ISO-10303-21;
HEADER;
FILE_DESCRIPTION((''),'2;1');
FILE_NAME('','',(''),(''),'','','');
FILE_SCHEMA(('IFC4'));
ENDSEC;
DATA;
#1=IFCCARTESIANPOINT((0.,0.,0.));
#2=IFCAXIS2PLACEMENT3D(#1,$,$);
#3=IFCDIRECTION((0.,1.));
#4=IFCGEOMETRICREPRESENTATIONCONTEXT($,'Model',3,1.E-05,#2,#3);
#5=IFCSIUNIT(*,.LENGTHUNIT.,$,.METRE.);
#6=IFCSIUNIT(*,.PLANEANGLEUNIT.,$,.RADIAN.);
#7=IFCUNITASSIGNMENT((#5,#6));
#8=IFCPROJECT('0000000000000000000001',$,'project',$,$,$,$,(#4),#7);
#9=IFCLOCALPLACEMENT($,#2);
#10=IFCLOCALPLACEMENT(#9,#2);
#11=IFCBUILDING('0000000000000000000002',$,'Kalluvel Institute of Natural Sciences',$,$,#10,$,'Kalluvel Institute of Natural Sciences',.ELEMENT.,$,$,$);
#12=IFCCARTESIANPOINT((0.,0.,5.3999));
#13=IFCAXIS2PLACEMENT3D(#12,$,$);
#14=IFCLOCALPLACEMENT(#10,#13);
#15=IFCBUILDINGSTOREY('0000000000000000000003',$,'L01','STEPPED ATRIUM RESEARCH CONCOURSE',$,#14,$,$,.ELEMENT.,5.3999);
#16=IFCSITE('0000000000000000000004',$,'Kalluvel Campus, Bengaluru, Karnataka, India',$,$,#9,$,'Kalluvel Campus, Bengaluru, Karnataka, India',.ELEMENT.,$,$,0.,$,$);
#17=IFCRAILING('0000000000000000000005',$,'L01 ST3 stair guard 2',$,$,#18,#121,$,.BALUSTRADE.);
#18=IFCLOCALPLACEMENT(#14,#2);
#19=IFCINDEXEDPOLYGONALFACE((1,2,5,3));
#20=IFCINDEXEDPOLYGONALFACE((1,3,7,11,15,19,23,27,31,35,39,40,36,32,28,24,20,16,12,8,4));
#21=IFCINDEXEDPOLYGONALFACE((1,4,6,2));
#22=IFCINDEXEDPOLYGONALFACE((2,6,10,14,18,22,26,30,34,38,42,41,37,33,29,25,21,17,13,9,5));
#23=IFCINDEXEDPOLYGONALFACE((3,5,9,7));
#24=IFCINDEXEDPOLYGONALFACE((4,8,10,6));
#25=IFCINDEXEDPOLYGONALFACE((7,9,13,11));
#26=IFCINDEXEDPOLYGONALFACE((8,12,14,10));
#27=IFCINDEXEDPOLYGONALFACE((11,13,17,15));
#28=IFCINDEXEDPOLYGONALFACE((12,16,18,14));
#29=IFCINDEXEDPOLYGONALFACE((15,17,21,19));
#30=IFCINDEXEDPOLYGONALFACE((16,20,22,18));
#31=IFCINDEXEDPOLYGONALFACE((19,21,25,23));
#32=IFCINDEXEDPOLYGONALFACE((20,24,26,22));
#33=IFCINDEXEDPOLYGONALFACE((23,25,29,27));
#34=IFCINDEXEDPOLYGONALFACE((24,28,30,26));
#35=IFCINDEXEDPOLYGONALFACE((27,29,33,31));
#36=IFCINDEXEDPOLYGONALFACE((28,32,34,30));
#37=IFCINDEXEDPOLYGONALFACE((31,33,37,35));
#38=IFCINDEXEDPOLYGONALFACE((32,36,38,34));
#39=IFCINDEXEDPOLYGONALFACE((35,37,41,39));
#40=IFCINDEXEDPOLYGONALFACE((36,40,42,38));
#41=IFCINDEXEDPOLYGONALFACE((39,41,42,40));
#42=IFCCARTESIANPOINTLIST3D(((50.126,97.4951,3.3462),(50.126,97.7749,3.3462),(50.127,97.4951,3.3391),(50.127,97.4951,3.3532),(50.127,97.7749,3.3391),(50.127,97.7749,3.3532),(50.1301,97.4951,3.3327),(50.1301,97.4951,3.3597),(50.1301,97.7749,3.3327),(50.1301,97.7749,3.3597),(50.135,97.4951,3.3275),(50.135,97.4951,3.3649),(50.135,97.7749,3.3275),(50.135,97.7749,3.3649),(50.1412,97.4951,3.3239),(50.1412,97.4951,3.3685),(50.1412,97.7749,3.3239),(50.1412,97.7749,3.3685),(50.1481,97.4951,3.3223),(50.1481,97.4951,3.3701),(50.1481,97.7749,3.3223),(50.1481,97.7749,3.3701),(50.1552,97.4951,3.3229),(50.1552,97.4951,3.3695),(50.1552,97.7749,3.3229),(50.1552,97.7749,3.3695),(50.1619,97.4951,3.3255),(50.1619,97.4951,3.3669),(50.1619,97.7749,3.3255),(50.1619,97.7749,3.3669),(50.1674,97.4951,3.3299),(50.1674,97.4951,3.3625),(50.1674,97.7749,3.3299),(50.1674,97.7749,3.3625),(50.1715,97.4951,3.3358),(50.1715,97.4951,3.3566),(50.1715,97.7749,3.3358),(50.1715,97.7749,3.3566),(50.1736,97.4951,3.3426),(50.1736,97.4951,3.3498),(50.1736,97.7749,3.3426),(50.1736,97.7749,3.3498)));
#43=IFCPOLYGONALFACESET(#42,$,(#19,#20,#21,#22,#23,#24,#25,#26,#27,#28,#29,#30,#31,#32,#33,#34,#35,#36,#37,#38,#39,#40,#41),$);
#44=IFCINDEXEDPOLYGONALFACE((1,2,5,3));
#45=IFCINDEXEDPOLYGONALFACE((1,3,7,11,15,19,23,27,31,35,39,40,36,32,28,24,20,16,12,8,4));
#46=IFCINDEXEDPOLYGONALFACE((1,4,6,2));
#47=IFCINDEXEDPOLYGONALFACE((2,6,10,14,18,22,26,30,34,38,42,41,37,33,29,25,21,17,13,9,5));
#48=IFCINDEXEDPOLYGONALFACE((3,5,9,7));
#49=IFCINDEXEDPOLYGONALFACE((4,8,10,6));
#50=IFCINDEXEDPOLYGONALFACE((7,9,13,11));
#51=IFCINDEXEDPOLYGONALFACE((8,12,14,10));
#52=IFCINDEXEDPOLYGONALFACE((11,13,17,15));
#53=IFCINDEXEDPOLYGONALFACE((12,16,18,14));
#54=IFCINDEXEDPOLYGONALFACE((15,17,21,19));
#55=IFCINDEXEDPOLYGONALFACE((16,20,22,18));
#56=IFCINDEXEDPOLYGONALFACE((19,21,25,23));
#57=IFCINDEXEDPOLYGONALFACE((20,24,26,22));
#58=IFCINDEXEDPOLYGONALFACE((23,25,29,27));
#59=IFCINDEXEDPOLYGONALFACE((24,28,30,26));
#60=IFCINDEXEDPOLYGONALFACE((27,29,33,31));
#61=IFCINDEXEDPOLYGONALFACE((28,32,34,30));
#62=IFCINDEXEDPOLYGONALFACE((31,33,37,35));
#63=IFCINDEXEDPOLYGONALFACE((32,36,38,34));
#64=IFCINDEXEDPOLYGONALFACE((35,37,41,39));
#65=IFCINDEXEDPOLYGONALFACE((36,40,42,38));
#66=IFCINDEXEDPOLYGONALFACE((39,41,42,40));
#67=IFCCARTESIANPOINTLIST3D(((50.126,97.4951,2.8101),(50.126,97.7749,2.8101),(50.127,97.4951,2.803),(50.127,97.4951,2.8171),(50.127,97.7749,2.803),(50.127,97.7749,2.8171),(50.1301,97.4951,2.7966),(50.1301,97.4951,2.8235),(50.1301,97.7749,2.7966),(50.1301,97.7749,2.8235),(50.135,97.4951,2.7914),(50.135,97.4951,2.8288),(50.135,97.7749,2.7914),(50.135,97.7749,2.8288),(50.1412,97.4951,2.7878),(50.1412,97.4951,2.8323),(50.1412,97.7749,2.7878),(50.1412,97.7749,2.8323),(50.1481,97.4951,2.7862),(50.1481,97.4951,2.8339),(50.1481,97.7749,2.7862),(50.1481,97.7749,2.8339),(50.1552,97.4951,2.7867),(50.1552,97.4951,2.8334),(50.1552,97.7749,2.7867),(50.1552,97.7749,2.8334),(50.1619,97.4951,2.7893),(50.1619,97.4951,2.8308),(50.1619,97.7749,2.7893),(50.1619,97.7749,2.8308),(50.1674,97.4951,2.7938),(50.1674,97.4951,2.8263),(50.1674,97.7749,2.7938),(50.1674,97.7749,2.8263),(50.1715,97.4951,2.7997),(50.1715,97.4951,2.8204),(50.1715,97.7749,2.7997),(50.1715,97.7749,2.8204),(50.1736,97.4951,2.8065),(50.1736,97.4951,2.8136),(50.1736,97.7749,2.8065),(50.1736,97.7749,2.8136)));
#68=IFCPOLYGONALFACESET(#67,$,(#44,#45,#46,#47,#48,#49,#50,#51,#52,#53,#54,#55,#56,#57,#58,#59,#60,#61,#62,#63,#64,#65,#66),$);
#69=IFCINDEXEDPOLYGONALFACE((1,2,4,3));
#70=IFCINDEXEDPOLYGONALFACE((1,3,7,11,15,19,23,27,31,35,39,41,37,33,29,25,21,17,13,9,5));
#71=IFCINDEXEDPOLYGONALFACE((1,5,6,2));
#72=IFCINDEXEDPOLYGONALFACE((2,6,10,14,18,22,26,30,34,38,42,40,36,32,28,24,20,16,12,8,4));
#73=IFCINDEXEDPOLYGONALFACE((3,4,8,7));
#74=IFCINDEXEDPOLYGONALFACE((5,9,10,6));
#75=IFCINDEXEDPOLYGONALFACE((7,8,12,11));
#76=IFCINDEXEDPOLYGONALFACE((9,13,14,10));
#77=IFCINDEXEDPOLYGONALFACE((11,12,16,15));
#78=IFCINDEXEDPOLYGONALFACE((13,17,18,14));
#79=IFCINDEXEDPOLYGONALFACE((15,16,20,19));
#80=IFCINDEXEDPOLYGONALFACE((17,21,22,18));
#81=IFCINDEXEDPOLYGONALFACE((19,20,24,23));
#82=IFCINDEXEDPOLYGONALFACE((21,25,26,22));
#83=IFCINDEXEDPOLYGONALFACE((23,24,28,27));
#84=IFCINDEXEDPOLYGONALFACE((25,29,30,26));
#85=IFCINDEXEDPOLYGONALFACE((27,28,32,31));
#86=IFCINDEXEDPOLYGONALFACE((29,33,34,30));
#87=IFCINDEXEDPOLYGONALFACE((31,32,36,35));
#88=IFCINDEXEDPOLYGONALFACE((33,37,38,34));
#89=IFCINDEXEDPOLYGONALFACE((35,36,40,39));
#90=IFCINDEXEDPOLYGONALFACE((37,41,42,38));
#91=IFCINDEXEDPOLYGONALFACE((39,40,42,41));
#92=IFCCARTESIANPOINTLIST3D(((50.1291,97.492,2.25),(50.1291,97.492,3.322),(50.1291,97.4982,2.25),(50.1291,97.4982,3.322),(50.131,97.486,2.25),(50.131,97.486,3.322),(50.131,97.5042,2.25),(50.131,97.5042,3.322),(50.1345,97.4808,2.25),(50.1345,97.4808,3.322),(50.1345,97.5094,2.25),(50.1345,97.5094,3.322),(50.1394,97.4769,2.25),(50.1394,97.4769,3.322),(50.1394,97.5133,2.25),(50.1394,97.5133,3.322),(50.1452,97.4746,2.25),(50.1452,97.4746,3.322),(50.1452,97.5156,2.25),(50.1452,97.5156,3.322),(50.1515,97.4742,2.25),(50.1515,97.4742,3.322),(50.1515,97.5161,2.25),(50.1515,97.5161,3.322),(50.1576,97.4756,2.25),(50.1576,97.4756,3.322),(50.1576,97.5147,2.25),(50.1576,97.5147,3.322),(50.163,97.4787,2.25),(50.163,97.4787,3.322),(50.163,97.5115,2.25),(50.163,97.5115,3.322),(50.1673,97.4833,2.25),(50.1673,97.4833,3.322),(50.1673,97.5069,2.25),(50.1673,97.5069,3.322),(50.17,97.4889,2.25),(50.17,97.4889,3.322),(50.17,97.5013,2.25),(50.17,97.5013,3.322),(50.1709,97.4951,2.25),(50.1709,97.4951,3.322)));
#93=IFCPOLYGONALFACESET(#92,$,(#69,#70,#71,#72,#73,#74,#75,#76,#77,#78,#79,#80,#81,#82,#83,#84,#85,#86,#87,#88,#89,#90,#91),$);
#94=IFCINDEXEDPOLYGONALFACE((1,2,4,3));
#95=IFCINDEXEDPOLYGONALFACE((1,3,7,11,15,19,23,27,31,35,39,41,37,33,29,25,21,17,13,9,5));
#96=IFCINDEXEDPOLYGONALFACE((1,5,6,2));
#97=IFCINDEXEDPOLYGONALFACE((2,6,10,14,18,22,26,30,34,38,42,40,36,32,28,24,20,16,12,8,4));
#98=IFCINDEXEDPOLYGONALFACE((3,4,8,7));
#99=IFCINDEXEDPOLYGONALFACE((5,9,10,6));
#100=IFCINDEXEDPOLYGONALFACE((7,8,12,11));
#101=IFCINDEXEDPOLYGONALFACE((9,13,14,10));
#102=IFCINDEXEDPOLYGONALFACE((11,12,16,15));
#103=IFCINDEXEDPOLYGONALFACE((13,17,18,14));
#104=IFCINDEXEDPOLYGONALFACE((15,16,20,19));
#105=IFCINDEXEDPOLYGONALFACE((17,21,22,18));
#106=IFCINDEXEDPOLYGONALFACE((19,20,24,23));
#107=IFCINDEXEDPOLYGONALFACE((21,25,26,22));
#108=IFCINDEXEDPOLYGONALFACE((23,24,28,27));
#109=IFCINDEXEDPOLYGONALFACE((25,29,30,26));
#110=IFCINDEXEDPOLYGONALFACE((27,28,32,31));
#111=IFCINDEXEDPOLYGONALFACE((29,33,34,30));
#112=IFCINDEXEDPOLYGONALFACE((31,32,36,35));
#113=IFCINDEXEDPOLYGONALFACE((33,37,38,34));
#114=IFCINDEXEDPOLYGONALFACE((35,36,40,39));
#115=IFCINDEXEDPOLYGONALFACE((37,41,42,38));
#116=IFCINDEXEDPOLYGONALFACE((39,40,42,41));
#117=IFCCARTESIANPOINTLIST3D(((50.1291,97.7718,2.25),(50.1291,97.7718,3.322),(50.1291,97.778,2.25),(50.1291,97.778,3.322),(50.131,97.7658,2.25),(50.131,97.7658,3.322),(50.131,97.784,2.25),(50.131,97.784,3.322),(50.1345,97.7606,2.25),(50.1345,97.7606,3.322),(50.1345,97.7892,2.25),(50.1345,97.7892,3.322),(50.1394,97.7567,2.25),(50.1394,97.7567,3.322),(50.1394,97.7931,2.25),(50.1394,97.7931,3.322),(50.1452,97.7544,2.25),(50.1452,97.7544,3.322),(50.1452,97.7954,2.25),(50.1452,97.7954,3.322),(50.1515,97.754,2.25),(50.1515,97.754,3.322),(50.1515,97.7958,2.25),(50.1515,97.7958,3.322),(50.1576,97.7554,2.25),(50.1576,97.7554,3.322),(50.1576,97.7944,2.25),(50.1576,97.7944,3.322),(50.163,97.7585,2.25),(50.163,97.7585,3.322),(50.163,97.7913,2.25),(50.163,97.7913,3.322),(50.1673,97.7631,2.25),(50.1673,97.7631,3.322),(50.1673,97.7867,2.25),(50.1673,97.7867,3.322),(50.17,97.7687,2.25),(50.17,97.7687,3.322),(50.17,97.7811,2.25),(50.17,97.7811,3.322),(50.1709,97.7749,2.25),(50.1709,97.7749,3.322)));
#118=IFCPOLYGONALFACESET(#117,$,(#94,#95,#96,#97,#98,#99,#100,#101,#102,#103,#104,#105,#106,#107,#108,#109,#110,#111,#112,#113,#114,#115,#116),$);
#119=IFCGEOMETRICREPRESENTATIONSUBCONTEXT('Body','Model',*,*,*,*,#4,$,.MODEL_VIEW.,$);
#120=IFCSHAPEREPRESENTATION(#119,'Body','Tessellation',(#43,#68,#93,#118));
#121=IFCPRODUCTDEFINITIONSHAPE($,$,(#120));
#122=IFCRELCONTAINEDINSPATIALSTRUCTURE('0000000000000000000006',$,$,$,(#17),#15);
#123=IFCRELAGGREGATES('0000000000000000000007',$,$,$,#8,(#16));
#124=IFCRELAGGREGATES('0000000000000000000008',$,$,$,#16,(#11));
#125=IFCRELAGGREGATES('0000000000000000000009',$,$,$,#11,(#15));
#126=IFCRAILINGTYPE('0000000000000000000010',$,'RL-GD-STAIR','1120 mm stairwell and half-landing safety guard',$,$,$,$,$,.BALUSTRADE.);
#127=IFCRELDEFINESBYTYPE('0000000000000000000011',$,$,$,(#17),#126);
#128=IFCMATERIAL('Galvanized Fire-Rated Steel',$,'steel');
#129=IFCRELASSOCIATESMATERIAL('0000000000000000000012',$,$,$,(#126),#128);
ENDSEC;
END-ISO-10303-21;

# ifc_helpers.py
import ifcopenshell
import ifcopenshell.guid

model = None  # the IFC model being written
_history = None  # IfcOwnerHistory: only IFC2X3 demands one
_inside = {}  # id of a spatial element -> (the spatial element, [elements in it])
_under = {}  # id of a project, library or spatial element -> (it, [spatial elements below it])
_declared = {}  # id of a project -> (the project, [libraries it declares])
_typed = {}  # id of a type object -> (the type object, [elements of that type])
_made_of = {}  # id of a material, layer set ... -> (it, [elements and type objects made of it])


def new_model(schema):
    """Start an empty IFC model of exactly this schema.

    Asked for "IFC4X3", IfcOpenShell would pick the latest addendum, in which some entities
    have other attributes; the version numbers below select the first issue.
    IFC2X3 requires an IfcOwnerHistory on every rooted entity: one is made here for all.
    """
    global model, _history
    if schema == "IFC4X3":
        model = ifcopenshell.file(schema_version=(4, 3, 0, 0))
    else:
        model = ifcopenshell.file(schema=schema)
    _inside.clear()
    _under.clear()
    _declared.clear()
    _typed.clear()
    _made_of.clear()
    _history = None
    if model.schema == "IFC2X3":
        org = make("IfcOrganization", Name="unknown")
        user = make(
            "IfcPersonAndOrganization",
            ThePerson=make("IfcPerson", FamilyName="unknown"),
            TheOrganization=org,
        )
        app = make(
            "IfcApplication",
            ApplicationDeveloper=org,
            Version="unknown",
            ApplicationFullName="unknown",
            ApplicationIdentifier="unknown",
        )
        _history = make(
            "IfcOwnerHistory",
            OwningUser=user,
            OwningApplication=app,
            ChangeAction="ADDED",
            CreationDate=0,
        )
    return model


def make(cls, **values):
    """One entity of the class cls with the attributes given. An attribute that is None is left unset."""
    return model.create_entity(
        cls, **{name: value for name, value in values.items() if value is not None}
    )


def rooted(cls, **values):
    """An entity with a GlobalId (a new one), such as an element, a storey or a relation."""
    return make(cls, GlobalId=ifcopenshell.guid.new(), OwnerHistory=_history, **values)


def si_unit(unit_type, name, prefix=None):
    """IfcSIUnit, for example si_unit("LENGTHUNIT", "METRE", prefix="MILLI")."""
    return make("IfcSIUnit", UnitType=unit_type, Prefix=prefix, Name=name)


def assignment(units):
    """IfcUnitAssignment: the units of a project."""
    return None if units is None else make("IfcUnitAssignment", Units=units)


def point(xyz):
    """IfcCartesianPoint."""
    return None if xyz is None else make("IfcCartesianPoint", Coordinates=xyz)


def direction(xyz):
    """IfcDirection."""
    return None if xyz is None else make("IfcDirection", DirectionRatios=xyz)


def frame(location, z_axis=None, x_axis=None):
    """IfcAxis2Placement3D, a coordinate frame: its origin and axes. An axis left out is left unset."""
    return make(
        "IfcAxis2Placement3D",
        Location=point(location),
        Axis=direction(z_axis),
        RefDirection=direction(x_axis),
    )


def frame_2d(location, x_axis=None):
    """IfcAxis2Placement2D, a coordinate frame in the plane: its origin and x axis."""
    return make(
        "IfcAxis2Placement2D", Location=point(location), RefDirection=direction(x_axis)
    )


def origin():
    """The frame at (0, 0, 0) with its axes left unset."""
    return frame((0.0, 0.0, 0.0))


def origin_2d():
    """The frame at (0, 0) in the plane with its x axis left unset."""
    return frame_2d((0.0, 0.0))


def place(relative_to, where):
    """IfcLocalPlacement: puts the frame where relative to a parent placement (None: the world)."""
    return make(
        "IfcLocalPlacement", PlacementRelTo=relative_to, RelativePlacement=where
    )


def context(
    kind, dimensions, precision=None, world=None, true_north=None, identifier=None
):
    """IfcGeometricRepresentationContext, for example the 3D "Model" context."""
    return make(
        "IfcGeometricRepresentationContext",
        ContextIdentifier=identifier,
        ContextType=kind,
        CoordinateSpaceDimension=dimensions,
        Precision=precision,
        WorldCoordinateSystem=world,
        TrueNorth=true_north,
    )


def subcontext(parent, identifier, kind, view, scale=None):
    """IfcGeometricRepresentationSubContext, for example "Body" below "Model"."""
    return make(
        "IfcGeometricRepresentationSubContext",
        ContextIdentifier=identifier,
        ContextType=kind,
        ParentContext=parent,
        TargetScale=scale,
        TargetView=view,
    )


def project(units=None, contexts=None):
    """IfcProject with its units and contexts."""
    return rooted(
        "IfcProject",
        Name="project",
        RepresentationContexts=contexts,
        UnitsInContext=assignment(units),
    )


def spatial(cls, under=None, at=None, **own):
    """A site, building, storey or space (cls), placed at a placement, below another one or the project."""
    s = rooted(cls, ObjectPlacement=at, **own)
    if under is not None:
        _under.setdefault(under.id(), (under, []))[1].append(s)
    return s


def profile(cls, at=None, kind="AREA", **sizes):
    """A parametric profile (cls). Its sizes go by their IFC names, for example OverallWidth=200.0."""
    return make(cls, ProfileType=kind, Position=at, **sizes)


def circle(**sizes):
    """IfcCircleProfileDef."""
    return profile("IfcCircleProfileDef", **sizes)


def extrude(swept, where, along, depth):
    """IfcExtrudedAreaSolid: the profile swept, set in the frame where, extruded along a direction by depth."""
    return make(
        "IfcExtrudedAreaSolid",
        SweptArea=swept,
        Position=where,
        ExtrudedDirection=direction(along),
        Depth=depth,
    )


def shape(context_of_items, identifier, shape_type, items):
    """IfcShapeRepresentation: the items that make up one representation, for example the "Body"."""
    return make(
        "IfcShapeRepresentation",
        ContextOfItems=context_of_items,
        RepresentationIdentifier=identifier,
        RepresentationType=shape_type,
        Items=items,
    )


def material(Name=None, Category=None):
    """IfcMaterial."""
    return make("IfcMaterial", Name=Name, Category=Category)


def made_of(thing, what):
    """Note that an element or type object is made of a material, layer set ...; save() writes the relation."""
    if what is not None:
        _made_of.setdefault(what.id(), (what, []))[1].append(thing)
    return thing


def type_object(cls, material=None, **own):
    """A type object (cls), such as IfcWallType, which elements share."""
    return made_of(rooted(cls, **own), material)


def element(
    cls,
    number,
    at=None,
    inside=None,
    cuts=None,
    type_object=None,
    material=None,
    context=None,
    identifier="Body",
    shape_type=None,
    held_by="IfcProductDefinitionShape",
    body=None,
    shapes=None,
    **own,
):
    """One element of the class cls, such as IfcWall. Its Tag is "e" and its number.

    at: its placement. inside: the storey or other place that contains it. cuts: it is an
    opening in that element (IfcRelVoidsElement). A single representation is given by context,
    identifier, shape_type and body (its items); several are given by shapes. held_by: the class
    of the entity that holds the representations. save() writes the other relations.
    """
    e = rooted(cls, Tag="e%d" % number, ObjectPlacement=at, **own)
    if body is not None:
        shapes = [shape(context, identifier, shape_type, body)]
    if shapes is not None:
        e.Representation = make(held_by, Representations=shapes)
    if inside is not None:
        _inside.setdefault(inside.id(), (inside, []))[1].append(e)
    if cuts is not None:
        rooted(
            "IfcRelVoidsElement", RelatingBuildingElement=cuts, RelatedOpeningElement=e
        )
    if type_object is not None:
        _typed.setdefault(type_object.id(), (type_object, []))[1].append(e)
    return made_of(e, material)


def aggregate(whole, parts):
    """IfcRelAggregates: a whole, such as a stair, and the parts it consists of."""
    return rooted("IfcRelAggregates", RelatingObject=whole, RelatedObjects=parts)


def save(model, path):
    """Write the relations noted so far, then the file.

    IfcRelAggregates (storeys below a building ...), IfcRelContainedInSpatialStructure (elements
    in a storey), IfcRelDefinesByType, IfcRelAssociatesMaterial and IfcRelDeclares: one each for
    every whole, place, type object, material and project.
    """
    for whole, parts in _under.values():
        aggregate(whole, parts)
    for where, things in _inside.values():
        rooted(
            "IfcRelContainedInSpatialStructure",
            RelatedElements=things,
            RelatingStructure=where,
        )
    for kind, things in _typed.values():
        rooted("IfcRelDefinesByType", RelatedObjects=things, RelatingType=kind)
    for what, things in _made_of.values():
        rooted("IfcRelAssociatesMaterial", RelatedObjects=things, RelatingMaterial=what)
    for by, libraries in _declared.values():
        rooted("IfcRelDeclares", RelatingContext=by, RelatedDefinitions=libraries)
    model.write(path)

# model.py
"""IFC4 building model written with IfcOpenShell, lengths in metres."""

from ifc_helpers import new_model, si_unit, direction, frame, origin, origin_2d, place, context, subcontext, project, spatial, circle, extrude, material, type_object, element, save


model = new_model("IFC4")

# Units and contexts
model_context = context("Model", 3, precision=1e-05, world=origin(), true_north=direction((0.0, 1.0)))
body_context = subcontext(model_context, "Body", "Model", "MODEL_VIEW")
ifc_project = project(units=[si_unit("LENGTHUNIT", "METRE"), si_unit("PLANEANGLEUNIT", "RADIAN")], contexts=[model_context])

# Site, building, storey
site_placement = place(None, origin())
site = spatial("IfcSite", under=ifc_project, at=site_placement, Name="Kalluvel Campus, Bengaluru, Karnataka, India", LongName="Kalluvel Campus, Bengaluru, Karnataka, India", CompositionType="ELEMENT", RefElevation=0.0)
building_placement = place(site_placement, origin())
building = spatial("IfcBuilding", under=site, at=building_placement, Name="Kalluvel Institute of Natural Sciences", LongName="Kalluvel Institute of Natural Sciences", CompositionType="ELEMENT")
storey_placement = place(building_placement, frame((0.0, 0.0, 5.3999)))
storey = spatial("IfcBuildingStorey", under=building, at=storey_placement, Name="L01", Description="STEPPED ATRIUM RESEARCH CONCOURSE", CompositionType="ELEMENT", Elevation=5.3999)

# Shared definitions
ifc_material_1 = material(Name="Galvanized Fire-Rated Steel", Category="steel")

# Railing
railing_type_1 = type_object("IfcRailingType", Name="RL-GD-STAIR", Description="1120 mm stairwell and half-landing safety guard", PredefinedType="BALUSTRADE", material=ifc_material_1)
railing_1_placement = place(storey_placement, frame((50.1499, 97.4951, 2.25)))
element("IfcRailing", 1, at=railing_1_placement, inside=storey, type_object=railing_type_1, Name="L01 ST3 stair guard 2", PredefinedType="BALUSTRADE", context=body_context, shape_type="SweptSolid", body=[
    extrude(circle(Radius=0.0239, at=origin_2d()), frame((0.0, 0.0, 1.0962), z_axis=(0.0, 1.0, 0.0), x_axis=(-1.0, 0.0, 0.0)), (0.0, 0.0, 1.0), 0.2798),
    extrude(circle(Radius=0.0239, at=origin_2d()), frame((0.0, 0.0, 0.5601), z_axis=(0.0, 1.0, 0.0), x_axis=(-1.0, 0.0, 0.0)), (0.0, 0.0, 1.0), 0.2798),
    extrude(circle(Radius=0.021, at=origin_2d()), origin(), (0.0, 0.0, 1.0), 1.072),
    extrude(circle(Radius=0.021, at=origin_2d()), frame((0.0, 0.2798, 0.0)), (0.0, 0.0, 1.0), 1.072),
])

save(model, "model.ifc")
